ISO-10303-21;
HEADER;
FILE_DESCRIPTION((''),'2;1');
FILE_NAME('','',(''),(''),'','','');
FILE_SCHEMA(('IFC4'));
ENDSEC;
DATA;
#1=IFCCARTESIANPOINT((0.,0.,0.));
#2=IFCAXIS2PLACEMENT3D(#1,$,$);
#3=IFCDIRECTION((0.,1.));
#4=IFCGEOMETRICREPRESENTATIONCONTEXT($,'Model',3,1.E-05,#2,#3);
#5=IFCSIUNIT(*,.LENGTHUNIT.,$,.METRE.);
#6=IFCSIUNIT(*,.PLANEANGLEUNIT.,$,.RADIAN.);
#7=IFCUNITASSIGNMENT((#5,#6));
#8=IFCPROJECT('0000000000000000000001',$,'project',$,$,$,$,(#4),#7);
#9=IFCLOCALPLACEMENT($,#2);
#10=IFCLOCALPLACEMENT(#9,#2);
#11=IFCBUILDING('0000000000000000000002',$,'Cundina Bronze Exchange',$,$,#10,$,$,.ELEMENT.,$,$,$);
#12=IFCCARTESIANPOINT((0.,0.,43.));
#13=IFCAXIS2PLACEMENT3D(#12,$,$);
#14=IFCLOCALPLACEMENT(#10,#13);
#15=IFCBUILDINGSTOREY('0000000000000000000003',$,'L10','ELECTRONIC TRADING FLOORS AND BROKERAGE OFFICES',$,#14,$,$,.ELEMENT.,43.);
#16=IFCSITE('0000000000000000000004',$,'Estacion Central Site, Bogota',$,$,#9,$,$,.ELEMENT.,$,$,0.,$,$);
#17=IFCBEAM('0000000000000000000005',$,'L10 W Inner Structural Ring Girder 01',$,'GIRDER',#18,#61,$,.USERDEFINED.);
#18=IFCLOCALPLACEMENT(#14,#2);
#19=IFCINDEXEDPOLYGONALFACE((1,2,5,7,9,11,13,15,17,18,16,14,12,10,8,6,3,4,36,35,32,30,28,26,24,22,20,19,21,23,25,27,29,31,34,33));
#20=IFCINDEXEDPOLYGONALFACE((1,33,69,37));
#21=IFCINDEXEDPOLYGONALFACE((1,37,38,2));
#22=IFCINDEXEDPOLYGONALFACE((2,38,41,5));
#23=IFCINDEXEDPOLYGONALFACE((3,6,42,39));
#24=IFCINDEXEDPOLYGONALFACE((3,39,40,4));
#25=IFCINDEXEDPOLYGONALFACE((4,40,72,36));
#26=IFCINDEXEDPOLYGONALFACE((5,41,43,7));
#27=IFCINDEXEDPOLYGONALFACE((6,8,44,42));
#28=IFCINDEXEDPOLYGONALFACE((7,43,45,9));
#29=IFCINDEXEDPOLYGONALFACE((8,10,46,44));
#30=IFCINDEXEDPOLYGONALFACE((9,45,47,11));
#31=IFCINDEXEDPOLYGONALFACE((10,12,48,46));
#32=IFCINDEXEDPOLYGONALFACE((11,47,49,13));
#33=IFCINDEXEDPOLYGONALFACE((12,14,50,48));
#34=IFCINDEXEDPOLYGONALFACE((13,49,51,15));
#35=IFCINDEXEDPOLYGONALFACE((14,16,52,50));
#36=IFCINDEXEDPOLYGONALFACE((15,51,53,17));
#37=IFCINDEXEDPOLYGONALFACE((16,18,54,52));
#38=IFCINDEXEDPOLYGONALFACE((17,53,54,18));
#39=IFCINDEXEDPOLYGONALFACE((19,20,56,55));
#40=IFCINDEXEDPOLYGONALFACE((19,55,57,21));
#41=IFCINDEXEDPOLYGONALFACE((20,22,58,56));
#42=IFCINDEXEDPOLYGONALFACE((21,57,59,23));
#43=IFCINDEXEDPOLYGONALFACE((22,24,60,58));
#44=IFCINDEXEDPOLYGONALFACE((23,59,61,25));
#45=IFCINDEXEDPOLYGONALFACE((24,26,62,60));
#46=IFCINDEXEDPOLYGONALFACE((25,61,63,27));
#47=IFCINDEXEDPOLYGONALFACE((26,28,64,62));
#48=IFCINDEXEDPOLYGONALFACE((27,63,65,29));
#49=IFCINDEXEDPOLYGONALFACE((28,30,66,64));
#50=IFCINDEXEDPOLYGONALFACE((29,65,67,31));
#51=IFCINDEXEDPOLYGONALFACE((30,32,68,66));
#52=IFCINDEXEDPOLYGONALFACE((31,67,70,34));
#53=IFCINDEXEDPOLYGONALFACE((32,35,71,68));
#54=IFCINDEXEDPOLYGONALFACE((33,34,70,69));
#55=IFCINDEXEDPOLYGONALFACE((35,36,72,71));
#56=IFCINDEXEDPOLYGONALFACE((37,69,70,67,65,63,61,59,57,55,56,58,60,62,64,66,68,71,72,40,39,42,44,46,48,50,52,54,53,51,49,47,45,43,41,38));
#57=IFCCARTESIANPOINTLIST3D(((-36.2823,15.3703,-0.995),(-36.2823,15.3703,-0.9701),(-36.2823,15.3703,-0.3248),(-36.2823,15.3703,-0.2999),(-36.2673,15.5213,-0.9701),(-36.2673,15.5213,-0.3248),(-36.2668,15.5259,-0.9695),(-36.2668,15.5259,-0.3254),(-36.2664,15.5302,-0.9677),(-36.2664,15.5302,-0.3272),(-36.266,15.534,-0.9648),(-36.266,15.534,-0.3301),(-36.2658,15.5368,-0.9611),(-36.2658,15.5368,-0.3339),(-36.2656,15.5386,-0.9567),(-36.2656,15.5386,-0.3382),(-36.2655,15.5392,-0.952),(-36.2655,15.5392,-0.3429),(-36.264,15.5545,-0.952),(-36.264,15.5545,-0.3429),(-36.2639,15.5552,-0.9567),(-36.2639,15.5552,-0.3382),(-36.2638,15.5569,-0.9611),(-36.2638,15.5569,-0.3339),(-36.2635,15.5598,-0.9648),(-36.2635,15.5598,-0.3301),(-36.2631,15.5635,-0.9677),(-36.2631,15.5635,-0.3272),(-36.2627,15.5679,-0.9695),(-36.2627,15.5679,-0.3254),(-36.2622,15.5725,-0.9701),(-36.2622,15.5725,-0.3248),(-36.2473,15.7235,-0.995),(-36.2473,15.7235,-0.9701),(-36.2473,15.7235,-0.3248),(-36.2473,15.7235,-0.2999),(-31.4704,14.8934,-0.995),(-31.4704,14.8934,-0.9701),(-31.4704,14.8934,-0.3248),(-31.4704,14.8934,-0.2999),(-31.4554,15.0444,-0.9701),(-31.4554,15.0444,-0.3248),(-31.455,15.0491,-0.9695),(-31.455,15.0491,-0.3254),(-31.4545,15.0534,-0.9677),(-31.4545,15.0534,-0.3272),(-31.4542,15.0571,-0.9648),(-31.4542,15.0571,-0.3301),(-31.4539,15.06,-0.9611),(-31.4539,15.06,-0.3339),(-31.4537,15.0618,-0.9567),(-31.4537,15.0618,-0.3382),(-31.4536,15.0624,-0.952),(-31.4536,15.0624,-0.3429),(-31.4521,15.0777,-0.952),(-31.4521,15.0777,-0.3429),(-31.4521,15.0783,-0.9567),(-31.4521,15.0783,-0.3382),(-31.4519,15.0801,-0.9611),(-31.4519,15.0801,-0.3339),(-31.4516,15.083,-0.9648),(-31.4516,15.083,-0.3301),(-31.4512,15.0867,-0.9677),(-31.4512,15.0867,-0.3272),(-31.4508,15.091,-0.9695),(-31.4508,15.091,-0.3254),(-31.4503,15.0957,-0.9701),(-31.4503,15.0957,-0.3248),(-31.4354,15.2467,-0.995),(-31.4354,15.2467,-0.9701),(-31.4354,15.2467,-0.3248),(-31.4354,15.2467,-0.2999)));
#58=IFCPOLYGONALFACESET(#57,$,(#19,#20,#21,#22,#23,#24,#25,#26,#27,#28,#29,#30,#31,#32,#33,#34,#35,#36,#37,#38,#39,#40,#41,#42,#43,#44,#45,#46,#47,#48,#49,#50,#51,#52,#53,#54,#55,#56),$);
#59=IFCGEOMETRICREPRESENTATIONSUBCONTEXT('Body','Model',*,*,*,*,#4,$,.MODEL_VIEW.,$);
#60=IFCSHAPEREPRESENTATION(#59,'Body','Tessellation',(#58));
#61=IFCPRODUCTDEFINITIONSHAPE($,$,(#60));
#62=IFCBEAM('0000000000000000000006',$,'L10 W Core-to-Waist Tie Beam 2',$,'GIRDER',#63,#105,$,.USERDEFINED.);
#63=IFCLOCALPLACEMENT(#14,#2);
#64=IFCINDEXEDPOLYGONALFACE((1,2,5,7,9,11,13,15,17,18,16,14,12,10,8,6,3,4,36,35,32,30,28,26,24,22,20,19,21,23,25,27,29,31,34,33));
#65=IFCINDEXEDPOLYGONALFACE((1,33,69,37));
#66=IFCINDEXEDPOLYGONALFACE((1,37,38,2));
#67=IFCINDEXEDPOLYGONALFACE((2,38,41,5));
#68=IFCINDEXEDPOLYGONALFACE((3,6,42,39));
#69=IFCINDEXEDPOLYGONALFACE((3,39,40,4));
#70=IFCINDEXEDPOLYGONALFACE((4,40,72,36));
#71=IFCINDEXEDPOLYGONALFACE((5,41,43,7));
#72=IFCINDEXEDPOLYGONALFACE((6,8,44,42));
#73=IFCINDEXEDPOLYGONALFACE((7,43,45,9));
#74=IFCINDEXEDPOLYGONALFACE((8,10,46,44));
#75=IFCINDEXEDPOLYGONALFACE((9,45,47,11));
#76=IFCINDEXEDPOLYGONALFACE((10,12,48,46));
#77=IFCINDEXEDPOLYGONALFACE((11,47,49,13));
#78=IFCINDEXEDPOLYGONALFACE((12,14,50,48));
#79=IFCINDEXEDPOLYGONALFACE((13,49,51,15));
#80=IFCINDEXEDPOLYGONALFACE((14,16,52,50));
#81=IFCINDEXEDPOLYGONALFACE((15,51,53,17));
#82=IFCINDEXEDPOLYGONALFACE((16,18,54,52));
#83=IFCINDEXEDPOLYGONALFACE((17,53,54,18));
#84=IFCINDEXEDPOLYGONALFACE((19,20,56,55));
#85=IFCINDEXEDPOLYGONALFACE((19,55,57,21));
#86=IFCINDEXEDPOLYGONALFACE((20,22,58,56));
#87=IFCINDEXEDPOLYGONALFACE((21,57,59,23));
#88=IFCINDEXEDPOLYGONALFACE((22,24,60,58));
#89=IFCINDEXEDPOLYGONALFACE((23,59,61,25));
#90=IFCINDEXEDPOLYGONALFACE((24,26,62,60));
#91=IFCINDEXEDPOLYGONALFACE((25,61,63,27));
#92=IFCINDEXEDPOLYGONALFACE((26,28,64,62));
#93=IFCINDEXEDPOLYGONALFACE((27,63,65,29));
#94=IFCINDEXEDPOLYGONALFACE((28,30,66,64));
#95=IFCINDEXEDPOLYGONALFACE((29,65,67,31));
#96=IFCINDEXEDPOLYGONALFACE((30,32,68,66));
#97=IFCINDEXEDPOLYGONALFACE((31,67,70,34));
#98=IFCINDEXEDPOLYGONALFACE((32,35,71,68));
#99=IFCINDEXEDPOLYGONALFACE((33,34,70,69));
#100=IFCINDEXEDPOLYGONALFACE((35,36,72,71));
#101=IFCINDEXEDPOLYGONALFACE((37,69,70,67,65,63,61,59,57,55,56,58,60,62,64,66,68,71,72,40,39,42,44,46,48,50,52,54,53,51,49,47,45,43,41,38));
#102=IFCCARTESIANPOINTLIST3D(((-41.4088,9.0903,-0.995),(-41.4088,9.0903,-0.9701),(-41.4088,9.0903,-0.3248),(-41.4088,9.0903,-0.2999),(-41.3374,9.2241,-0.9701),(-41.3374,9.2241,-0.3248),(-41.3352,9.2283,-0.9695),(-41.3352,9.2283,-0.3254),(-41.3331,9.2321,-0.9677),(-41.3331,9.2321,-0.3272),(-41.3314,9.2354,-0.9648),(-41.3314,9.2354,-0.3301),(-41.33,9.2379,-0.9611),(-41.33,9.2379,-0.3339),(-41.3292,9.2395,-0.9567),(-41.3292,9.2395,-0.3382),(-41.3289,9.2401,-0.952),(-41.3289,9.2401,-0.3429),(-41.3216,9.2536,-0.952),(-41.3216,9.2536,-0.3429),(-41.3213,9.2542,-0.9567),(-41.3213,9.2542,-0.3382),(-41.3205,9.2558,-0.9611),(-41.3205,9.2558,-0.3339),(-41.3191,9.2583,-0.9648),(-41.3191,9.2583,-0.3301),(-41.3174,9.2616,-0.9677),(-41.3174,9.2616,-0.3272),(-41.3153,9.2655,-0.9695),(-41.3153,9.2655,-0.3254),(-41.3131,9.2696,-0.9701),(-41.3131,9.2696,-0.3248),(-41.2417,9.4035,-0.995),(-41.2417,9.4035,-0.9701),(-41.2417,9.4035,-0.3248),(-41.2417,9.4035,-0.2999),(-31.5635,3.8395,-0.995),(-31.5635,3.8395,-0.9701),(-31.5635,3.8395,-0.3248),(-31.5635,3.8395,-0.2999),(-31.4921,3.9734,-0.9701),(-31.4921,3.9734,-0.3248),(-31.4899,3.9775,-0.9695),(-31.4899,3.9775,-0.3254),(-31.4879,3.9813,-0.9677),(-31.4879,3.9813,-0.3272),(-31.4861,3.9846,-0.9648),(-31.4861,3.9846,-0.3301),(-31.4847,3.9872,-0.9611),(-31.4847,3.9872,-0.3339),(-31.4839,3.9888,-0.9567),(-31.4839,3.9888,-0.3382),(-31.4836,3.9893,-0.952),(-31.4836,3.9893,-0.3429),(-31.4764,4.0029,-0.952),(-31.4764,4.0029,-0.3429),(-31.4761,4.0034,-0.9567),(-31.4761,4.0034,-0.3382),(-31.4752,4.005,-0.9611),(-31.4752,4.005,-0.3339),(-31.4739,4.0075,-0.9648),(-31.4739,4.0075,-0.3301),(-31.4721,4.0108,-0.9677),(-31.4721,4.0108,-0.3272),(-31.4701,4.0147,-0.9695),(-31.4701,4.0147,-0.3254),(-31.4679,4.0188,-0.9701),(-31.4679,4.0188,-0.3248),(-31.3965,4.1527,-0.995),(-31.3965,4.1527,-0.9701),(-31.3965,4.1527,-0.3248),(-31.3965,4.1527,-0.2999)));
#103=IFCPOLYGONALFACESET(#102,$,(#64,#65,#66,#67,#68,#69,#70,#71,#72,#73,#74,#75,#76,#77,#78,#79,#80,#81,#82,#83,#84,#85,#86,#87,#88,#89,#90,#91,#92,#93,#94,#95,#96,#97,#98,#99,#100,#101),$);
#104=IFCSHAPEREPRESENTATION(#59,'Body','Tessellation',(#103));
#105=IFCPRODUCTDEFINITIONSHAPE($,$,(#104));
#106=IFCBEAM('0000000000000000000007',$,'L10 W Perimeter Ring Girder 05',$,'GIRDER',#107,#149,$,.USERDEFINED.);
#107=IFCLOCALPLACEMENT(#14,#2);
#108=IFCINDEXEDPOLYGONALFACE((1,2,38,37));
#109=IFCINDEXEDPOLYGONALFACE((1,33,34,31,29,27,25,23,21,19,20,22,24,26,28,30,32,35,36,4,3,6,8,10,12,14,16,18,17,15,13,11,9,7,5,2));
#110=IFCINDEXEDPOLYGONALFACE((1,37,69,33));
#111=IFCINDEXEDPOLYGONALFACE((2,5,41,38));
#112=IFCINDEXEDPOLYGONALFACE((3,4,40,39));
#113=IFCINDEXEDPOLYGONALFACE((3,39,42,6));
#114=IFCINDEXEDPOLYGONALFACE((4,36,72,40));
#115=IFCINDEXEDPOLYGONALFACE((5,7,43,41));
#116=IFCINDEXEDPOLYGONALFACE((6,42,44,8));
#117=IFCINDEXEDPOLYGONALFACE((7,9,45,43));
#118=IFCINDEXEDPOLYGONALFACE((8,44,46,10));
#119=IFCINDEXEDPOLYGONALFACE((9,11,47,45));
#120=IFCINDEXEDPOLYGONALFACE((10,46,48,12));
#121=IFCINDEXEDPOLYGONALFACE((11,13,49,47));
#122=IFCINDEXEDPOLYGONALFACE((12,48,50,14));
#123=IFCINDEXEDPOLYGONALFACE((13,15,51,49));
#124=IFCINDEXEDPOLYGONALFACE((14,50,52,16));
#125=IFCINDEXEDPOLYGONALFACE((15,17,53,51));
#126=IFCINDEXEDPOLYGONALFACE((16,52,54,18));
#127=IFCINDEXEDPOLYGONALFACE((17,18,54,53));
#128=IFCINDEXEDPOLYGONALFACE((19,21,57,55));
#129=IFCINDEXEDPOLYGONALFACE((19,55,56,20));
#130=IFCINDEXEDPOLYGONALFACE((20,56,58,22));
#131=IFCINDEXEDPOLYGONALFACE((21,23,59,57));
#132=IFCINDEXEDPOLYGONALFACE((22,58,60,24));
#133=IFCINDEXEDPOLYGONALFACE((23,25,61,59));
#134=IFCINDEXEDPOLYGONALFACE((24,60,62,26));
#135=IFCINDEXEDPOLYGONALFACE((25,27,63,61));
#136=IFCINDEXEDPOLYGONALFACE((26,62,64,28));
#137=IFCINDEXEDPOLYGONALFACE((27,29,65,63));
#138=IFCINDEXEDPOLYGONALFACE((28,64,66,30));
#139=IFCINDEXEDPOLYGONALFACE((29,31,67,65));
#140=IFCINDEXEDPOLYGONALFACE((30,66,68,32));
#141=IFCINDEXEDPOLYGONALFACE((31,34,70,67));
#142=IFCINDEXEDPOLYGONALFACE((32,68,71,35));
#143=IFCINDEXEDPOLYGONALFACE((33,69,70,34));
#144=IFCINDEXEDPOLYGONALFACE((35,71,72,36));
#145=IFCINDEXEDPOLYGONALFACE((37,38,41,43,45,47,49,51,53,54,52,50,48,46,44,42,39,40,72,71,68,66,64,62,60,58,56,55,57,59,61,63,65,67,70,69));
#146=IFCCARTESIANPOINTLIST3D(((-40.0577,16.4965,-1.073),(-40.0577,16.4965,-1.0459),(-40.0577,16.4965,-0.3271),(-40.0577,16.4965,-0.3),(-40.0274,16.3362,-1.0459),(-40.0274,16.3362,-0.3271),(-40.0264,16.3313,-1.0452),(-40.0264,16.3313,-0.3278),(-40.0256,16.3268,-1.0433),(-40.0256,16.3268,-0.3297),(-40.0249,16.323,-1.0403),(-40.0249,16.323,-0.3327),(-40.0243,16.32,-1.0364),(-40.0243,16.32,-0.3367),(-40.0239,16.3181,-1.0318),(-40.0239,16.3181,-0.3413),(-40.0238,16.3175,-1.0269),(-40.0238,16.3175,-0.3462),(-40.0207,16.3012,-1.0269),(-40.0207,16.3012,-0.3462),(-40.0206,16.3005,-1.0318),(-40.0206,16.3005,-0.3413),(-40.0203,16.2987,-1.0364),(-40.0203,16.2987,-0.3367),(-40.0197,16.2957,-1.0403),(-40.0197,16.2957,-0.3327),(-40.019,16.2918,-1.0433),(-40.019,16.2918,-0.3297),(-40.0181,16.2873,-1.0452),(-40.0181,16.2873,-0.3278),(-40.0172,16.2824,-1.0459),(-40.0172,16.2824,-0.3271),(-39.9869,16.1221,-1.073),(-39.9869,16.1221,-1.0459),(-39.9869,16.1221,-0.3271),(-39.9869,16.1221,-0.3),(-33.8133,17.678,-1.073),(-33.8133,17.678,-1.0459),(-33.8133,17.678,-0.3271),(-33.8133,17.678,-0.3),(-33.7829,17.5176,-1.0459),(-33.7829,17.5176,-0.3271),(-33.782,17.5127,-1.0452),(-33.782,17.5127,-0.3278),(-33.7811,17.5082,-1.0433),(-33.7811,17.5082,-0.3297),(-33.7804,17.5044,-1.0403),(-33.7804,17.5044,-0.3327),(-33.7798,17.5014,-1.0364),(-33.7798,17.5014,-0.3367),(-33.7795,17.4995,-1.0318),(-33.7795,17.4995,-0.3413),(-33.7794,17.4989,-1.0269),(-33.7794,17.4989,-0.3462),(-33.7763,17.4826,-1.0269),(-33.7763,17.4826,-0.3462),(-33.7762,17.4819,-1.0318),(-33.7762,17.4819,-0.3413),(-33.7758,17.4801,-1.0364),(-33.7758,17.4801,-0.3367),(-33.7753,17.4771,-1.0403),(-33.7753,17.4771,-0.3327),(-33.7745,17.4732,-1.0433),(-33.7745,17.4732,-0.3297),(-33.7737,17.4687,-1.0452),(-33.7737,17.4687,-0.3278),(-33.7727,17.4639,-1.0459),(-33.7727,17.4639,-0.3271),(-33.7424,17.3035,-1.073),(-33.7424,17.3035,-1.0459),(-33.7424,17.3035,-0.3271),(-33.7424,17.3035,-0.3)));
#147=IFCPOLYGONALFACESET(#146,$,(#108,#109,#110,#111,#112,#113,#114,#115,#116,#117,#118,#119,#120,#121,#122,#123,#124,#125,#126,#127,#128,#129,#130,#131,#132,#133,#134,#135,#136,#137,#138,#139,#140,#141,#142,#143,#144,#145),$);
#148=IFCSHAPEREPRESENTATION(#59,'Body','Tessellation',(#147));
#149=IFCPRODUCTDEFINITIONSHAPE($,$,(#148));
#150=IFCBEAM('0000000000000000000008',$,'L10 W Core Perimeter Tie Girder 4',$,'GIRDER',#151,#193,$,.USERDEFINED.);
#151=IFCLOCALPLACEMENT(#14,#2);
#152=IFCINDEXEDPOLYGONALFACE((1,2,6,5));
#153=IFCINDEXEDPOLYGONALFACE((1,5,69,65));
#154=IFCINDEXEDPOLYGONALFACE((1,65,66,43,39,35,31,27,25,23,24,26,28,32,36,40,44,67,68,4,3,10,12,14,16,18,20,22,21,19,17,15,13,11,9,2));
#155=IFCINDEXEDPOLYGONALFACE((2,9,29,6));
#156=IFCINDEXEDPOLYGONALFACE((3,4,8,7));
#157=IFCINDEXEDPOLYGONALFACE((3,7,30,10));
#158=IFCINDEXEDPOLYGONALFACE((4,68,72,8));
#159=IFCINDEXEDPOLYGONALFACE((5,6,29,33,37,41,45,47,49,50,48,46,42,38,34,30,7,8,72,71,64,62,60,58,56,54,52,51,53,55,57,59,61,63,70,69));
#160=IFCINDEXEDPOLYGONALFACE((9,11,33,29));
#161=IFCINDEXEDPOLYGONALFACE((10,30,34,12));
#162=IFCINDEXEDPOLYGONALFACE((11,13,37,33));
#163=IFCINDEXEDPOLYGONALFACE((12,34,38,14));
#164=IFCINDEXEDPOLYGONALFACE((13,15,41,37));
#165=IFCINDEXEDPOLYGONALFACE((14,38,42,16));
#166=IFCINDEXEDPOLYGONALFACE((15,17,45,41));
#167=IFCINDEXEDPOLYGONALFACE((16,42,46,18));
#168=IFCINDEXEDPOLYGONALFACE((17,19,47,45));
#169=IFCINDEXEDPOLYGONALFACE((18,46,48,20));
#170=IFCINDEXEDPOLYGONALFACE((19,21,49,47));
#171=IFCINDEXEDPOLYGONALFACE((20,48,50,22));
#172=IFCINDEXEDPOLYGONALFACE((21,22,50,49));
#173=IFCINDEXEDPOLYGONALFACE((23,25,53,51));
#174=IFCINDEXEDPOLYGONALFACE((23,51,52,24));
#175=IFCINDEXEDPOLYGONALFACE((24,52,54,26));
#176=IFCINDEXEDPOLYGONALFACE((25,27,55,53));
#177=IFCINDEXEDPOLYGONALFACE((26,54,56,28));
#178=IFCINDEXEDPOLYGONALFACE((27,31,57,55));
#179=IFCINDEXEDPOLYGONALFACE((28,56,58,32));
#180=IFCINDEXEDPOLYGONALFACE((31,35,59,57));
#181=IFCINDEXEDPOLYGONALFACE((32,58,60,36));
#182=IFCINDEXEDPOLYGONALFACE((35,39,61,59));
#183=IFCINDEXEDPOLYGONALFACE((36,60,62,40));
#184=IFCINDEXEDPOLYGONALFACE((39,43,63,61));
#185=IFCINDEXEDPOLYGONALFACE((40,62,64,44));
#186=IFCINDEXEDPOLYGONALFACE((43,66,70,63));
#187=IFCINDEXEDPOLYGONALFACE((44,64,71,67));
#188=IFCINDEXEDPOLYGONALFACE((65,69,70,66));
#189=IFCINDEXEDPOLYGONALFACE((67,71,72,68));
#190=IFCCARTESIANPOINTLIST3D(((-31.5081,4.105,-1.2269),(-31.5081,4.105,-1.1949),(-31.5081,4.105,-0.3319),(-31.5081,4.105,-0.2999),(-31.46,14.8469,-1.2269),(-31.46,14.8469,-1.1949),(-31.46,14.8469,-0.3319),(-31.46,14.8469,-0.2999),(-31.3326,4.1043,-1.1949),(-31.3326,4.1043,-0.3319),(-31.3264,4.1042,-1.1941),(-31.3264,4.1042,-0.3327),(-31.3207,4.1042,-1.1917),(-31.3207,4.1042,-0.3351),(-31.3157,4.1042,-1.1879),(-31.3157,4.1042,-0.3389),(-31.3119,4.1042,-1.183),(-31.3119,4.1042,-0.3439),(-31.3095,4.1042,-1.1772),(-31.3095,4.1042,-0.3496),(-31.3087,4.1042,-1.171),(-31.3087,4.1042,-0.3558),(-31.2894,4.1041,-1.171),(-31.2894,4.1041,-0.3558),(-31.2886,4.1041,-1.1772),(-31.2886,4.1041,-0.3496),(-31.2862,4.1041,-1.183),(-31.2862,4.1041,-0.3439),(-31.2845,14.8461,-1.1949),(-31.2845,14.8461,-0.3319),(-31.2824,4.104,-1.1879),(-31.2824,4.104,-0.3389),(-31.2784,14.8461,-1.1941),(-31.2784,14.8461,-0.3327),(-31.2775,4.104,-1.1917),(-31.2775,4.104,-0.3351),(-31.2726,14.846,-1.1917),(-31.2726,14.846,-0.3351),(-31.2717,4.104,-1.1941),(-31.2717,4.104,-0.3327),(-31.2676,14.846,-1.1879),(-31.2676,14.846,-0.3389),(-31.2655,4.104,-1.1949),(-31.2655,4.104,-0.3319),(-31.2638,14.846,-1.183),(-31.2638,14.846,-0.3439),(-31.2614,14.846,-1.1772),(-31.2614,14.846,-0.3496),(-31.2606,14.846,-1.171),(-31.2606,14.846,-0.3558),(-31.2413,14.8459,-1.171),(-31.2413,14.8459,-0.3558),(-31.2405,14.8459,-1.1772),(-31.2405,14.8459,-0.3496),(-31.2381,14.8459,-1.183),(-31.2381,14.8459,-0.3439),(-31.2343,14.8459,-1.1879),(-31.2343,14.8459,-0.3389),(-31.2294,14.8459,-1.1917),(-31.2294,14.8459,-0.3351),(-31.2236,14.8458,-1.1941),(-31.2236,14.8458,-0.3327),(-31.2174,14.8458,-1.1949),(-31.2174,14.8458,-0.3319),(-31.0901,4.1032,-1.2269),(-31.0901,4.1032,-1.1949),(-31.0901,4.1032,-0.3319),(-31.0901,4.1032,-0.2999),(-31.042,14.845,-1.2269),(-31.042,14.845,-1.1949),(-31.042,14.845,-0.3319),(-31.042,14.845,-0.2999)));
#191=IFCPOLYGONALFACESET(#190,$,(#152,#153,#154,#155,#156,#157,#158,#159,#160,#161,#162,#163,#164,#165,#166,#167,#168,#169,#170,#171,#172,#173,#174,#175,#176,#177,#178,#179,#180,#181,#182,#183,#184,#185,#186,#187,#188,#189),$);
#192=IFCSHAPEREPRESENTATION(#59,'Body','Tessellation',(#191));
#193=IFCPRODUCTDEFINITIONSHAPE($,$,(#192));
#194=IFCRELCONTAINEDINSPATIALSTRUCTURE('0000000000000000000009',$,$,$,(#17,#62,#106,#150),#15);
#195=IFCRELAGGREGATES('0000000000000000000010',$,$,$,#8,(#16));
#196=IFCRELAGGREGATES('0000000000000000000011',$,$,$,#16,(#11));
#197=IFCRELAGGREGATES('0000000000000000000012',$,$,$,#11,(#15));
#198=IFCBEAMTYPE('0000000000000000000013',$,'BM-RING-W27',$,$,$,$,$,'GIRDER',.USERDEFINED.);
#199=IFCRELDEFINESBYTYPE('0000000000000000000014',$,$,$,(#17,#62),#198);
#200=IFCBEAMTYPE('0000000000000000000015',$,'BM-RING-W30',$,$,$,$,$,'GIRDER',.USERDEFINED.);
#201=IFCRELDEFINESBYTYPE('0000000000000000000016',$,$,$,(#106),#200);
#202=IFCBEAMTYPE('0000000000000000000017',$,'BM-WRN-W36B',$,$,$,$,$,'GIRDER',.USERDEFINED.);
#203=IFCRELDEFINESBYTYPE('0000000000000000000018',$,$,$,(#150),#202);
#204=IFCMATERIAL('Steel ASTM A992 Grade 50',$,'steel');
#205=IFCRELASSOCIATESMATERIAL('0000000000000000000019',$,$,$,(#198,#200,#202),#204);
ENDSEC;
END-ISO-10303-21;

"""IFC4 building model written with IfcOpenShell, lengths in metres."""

from ifc_helpers import new_model, si_unit, direction, frame, origin, origin_2d, place, context, subcontext, project, spatial, i_section, extrude, material, material_profile, profile_set, type_object, element, save


model = new_model("IFC4")

# Units and contexts
model_context = context("Model", 3, precision=1e-05, world=origin(), true_north=direction((0.0, 1.0)))
body_context = subcontext(model_context, "Body", "Model", "MODEL_VIEW")
ifc_project = project(units=[si_unit("LENGTHUNIT", "METRE"), si_unit("PLANEANGLEUNIT", "RADIAN")], contexts=[model_context])

# Site, building, storey
site_placement = place(None, origin())
site = spatial("IfcSite", under=ifc_project, at=site_placement, Name="Estacion Central Site, Bogota", CompositionType="ELEMENT", RefElevation=0.0)
building_placement = place(site_placement, origin())
building = spatial("IfcBuilding", under=site, at=building_placement, Name="Cundina Bronze Exchange", CompositionType="ELEMENT")
storey_placement = place(building_placement, frame((0.0, 0.0, 43.0)))
storey = spatial("IfcBuildingStorey", under=building, at=storey_placement, Name="L10", Description="ELECTRONIC TRADING FLOORS AND BROKERAGE OFFICES", CompositionType="ELEMENT", Elevation=43.0)

# Shared definitions
ifc_material_1 = material(Name="Steel ASTM A992 Grade 50", Category="steel")

# Beams
ifc_material_profile_1 = material_profile(ifc_material_1, i_section(OverallWidth=0.355, OverallDepth=0.6951, WebThickness=0.0154, FlangeThickness=0.0249, FilletRadius=0.0181, at=origin_2d()), Name="W27X146", Category="steel")
ifc_profile_set_1 = profile_set([ifc_material_profile_1], Name="Steel ASTM A992 Grade 50")
beam_type_1 = type_object("IfcBeamType", Name="BM-RING-W27", ElementType="GIRDER", PredefinedType="USERDEFINED", material=ifc_profile_set_1)
beam_1_placement = place(storey_placement, frame((-31.4529, 15.0701, -0.6475), z_axis=(-0.995126, 0.098609, 0.0), x_axis=(-0.098609, -0.995126, 0.0)))
element("IfcBeam", 1, at=beam_1_placement, inside=storey, type_object=beam_type_1, Name="L10 W Inner Structural Ring Girder 01", ObjectType="GIRDER", PredefinedType="USERDEFINED", context=body_context, shape_type="SweptSolid", body=[
    extrude(i_section(OverallWidth=0.355, OverallDepth=0.6951, WebThickness=0.0154, FlangeThickness=0.0249, FilletRadius=0.0181, at=origin_2d()), origin(), (0.0, 0.0, 1.0), 4.8354),
])
beam_2_placement = place(storey_placement, frame((-31.48, 3.9961, -0.6475), z_axis=(-0.882355, 0.470585, 0.0), x_axis=(-0.470585, -0.882355, 0.0)))
element("IfcBeam", 2, at=beam_2_placement, inside=storey, type_object=beam_type_1, Name="L10 W Core-to-Waist Tie Beam 2", ObjectType="GIRDER", PredefinedType="USERDEFINED", context=body_context, shape_type="SweptSolid", body=[
    extrude(i_section(OverallWidth=0.355, OverallDepth=0.6951, WebThickness=0.0154, FlangeThickness=0.0249, FilletRadius=0.0181, at=origin_2d()), origin(), (0.0, 0.0, 1.0), 11.158),
])
ifc_material_profile_2 = material_profile(ifc_material_1, i_section(OverallWidth=0.3811, OverallDepth=0.7729, WebThickness=0.0166, FlangeThickness=0.0271, FilletRadius=0.019, at=origin_2d()), Name="W30X173", Category="steel")
ifc_profile_set_2 = profile_set([ifc_material_profile_2], Name="Steel ASTM A992 Grade 50")
beam_type_2 = type_object("IfcBeamType", Name="BM-RING-W30", ElementType="GIRDER", PredefinedType="USERDEFINED", material=ifc_profile_set_2)
beam_3_placement = place(storey_placement, frame((-33.7778, 17.4907, -0.6865), z_axis=(-0.982569, -0.185896, 0.0), x_axis=(0.185896, -0.982569, 0.0)))
element("IfcBeam", 3, at=beam_3_placement, inside=storey, type_object=beam_type_2, Name="L10 W Perimeter Ring Girder 05", ObjectType="GIRDER", PredefinedType="USERDEFINED", context=body_context, shape_type="SweptSolid", body=[
    extrude(i_section(OverallWidth=0.3811, OverallDepth=0.7729, WebThickness=0.0166, FlangeThickness=0.0271, FilletRadius=0.019, at=origin_2d()), origin(), (0.0, 0.0, 1.0), 6.3552),
])
ifc_material_profile_3 = material_profile(ifc_material_1, i_section(OverallWidth=0.418, OverallDepth=0.927, WebThickness=0.0193, FlangeThickness=0.032, FilletRadius=0.0239, at=origin_2d()), Name="W36X231", Category="steel")
ifc_profile_set_3 = profile_set([ifc_material_profile_3], Name="Steel ASTM A992 Grade 50")
beam_type_3 = type_object("IfcBeamType", Name="BM-WRN-W36B", ElementType="GIRDER", PredefinedType="USERDEFINED", material=ifc_profile_set_3)
beam_4_placement = place(storey_placement, frame((-31.251, 14.8459, -0.7634), z_axis=(-0.004477, -0.99999, 0.0), x_axis=(0.99999, -0.004477, 0.0)))
element("IfcBeam", 4, at=beam_4_placement, inside=storey, type_object=beam_type_3, Name="L10 W Core Perimeter Tie Girder 4", ObjectType="GIRDER", PredefinedType="USERDEFINED", context=body_context, shape_type="SweptSolid", body=[
    extrude(i_section(OverallWidth=0.418, OverallDepth=0.927, WebThickness=0.0193, FlangeThickness=0.032, FilletRadius=0.0239, at=origin_2d()), origin(), (0.0, 0.0, 1.0), 10.7419),
])

save(model, "model.ifc")
